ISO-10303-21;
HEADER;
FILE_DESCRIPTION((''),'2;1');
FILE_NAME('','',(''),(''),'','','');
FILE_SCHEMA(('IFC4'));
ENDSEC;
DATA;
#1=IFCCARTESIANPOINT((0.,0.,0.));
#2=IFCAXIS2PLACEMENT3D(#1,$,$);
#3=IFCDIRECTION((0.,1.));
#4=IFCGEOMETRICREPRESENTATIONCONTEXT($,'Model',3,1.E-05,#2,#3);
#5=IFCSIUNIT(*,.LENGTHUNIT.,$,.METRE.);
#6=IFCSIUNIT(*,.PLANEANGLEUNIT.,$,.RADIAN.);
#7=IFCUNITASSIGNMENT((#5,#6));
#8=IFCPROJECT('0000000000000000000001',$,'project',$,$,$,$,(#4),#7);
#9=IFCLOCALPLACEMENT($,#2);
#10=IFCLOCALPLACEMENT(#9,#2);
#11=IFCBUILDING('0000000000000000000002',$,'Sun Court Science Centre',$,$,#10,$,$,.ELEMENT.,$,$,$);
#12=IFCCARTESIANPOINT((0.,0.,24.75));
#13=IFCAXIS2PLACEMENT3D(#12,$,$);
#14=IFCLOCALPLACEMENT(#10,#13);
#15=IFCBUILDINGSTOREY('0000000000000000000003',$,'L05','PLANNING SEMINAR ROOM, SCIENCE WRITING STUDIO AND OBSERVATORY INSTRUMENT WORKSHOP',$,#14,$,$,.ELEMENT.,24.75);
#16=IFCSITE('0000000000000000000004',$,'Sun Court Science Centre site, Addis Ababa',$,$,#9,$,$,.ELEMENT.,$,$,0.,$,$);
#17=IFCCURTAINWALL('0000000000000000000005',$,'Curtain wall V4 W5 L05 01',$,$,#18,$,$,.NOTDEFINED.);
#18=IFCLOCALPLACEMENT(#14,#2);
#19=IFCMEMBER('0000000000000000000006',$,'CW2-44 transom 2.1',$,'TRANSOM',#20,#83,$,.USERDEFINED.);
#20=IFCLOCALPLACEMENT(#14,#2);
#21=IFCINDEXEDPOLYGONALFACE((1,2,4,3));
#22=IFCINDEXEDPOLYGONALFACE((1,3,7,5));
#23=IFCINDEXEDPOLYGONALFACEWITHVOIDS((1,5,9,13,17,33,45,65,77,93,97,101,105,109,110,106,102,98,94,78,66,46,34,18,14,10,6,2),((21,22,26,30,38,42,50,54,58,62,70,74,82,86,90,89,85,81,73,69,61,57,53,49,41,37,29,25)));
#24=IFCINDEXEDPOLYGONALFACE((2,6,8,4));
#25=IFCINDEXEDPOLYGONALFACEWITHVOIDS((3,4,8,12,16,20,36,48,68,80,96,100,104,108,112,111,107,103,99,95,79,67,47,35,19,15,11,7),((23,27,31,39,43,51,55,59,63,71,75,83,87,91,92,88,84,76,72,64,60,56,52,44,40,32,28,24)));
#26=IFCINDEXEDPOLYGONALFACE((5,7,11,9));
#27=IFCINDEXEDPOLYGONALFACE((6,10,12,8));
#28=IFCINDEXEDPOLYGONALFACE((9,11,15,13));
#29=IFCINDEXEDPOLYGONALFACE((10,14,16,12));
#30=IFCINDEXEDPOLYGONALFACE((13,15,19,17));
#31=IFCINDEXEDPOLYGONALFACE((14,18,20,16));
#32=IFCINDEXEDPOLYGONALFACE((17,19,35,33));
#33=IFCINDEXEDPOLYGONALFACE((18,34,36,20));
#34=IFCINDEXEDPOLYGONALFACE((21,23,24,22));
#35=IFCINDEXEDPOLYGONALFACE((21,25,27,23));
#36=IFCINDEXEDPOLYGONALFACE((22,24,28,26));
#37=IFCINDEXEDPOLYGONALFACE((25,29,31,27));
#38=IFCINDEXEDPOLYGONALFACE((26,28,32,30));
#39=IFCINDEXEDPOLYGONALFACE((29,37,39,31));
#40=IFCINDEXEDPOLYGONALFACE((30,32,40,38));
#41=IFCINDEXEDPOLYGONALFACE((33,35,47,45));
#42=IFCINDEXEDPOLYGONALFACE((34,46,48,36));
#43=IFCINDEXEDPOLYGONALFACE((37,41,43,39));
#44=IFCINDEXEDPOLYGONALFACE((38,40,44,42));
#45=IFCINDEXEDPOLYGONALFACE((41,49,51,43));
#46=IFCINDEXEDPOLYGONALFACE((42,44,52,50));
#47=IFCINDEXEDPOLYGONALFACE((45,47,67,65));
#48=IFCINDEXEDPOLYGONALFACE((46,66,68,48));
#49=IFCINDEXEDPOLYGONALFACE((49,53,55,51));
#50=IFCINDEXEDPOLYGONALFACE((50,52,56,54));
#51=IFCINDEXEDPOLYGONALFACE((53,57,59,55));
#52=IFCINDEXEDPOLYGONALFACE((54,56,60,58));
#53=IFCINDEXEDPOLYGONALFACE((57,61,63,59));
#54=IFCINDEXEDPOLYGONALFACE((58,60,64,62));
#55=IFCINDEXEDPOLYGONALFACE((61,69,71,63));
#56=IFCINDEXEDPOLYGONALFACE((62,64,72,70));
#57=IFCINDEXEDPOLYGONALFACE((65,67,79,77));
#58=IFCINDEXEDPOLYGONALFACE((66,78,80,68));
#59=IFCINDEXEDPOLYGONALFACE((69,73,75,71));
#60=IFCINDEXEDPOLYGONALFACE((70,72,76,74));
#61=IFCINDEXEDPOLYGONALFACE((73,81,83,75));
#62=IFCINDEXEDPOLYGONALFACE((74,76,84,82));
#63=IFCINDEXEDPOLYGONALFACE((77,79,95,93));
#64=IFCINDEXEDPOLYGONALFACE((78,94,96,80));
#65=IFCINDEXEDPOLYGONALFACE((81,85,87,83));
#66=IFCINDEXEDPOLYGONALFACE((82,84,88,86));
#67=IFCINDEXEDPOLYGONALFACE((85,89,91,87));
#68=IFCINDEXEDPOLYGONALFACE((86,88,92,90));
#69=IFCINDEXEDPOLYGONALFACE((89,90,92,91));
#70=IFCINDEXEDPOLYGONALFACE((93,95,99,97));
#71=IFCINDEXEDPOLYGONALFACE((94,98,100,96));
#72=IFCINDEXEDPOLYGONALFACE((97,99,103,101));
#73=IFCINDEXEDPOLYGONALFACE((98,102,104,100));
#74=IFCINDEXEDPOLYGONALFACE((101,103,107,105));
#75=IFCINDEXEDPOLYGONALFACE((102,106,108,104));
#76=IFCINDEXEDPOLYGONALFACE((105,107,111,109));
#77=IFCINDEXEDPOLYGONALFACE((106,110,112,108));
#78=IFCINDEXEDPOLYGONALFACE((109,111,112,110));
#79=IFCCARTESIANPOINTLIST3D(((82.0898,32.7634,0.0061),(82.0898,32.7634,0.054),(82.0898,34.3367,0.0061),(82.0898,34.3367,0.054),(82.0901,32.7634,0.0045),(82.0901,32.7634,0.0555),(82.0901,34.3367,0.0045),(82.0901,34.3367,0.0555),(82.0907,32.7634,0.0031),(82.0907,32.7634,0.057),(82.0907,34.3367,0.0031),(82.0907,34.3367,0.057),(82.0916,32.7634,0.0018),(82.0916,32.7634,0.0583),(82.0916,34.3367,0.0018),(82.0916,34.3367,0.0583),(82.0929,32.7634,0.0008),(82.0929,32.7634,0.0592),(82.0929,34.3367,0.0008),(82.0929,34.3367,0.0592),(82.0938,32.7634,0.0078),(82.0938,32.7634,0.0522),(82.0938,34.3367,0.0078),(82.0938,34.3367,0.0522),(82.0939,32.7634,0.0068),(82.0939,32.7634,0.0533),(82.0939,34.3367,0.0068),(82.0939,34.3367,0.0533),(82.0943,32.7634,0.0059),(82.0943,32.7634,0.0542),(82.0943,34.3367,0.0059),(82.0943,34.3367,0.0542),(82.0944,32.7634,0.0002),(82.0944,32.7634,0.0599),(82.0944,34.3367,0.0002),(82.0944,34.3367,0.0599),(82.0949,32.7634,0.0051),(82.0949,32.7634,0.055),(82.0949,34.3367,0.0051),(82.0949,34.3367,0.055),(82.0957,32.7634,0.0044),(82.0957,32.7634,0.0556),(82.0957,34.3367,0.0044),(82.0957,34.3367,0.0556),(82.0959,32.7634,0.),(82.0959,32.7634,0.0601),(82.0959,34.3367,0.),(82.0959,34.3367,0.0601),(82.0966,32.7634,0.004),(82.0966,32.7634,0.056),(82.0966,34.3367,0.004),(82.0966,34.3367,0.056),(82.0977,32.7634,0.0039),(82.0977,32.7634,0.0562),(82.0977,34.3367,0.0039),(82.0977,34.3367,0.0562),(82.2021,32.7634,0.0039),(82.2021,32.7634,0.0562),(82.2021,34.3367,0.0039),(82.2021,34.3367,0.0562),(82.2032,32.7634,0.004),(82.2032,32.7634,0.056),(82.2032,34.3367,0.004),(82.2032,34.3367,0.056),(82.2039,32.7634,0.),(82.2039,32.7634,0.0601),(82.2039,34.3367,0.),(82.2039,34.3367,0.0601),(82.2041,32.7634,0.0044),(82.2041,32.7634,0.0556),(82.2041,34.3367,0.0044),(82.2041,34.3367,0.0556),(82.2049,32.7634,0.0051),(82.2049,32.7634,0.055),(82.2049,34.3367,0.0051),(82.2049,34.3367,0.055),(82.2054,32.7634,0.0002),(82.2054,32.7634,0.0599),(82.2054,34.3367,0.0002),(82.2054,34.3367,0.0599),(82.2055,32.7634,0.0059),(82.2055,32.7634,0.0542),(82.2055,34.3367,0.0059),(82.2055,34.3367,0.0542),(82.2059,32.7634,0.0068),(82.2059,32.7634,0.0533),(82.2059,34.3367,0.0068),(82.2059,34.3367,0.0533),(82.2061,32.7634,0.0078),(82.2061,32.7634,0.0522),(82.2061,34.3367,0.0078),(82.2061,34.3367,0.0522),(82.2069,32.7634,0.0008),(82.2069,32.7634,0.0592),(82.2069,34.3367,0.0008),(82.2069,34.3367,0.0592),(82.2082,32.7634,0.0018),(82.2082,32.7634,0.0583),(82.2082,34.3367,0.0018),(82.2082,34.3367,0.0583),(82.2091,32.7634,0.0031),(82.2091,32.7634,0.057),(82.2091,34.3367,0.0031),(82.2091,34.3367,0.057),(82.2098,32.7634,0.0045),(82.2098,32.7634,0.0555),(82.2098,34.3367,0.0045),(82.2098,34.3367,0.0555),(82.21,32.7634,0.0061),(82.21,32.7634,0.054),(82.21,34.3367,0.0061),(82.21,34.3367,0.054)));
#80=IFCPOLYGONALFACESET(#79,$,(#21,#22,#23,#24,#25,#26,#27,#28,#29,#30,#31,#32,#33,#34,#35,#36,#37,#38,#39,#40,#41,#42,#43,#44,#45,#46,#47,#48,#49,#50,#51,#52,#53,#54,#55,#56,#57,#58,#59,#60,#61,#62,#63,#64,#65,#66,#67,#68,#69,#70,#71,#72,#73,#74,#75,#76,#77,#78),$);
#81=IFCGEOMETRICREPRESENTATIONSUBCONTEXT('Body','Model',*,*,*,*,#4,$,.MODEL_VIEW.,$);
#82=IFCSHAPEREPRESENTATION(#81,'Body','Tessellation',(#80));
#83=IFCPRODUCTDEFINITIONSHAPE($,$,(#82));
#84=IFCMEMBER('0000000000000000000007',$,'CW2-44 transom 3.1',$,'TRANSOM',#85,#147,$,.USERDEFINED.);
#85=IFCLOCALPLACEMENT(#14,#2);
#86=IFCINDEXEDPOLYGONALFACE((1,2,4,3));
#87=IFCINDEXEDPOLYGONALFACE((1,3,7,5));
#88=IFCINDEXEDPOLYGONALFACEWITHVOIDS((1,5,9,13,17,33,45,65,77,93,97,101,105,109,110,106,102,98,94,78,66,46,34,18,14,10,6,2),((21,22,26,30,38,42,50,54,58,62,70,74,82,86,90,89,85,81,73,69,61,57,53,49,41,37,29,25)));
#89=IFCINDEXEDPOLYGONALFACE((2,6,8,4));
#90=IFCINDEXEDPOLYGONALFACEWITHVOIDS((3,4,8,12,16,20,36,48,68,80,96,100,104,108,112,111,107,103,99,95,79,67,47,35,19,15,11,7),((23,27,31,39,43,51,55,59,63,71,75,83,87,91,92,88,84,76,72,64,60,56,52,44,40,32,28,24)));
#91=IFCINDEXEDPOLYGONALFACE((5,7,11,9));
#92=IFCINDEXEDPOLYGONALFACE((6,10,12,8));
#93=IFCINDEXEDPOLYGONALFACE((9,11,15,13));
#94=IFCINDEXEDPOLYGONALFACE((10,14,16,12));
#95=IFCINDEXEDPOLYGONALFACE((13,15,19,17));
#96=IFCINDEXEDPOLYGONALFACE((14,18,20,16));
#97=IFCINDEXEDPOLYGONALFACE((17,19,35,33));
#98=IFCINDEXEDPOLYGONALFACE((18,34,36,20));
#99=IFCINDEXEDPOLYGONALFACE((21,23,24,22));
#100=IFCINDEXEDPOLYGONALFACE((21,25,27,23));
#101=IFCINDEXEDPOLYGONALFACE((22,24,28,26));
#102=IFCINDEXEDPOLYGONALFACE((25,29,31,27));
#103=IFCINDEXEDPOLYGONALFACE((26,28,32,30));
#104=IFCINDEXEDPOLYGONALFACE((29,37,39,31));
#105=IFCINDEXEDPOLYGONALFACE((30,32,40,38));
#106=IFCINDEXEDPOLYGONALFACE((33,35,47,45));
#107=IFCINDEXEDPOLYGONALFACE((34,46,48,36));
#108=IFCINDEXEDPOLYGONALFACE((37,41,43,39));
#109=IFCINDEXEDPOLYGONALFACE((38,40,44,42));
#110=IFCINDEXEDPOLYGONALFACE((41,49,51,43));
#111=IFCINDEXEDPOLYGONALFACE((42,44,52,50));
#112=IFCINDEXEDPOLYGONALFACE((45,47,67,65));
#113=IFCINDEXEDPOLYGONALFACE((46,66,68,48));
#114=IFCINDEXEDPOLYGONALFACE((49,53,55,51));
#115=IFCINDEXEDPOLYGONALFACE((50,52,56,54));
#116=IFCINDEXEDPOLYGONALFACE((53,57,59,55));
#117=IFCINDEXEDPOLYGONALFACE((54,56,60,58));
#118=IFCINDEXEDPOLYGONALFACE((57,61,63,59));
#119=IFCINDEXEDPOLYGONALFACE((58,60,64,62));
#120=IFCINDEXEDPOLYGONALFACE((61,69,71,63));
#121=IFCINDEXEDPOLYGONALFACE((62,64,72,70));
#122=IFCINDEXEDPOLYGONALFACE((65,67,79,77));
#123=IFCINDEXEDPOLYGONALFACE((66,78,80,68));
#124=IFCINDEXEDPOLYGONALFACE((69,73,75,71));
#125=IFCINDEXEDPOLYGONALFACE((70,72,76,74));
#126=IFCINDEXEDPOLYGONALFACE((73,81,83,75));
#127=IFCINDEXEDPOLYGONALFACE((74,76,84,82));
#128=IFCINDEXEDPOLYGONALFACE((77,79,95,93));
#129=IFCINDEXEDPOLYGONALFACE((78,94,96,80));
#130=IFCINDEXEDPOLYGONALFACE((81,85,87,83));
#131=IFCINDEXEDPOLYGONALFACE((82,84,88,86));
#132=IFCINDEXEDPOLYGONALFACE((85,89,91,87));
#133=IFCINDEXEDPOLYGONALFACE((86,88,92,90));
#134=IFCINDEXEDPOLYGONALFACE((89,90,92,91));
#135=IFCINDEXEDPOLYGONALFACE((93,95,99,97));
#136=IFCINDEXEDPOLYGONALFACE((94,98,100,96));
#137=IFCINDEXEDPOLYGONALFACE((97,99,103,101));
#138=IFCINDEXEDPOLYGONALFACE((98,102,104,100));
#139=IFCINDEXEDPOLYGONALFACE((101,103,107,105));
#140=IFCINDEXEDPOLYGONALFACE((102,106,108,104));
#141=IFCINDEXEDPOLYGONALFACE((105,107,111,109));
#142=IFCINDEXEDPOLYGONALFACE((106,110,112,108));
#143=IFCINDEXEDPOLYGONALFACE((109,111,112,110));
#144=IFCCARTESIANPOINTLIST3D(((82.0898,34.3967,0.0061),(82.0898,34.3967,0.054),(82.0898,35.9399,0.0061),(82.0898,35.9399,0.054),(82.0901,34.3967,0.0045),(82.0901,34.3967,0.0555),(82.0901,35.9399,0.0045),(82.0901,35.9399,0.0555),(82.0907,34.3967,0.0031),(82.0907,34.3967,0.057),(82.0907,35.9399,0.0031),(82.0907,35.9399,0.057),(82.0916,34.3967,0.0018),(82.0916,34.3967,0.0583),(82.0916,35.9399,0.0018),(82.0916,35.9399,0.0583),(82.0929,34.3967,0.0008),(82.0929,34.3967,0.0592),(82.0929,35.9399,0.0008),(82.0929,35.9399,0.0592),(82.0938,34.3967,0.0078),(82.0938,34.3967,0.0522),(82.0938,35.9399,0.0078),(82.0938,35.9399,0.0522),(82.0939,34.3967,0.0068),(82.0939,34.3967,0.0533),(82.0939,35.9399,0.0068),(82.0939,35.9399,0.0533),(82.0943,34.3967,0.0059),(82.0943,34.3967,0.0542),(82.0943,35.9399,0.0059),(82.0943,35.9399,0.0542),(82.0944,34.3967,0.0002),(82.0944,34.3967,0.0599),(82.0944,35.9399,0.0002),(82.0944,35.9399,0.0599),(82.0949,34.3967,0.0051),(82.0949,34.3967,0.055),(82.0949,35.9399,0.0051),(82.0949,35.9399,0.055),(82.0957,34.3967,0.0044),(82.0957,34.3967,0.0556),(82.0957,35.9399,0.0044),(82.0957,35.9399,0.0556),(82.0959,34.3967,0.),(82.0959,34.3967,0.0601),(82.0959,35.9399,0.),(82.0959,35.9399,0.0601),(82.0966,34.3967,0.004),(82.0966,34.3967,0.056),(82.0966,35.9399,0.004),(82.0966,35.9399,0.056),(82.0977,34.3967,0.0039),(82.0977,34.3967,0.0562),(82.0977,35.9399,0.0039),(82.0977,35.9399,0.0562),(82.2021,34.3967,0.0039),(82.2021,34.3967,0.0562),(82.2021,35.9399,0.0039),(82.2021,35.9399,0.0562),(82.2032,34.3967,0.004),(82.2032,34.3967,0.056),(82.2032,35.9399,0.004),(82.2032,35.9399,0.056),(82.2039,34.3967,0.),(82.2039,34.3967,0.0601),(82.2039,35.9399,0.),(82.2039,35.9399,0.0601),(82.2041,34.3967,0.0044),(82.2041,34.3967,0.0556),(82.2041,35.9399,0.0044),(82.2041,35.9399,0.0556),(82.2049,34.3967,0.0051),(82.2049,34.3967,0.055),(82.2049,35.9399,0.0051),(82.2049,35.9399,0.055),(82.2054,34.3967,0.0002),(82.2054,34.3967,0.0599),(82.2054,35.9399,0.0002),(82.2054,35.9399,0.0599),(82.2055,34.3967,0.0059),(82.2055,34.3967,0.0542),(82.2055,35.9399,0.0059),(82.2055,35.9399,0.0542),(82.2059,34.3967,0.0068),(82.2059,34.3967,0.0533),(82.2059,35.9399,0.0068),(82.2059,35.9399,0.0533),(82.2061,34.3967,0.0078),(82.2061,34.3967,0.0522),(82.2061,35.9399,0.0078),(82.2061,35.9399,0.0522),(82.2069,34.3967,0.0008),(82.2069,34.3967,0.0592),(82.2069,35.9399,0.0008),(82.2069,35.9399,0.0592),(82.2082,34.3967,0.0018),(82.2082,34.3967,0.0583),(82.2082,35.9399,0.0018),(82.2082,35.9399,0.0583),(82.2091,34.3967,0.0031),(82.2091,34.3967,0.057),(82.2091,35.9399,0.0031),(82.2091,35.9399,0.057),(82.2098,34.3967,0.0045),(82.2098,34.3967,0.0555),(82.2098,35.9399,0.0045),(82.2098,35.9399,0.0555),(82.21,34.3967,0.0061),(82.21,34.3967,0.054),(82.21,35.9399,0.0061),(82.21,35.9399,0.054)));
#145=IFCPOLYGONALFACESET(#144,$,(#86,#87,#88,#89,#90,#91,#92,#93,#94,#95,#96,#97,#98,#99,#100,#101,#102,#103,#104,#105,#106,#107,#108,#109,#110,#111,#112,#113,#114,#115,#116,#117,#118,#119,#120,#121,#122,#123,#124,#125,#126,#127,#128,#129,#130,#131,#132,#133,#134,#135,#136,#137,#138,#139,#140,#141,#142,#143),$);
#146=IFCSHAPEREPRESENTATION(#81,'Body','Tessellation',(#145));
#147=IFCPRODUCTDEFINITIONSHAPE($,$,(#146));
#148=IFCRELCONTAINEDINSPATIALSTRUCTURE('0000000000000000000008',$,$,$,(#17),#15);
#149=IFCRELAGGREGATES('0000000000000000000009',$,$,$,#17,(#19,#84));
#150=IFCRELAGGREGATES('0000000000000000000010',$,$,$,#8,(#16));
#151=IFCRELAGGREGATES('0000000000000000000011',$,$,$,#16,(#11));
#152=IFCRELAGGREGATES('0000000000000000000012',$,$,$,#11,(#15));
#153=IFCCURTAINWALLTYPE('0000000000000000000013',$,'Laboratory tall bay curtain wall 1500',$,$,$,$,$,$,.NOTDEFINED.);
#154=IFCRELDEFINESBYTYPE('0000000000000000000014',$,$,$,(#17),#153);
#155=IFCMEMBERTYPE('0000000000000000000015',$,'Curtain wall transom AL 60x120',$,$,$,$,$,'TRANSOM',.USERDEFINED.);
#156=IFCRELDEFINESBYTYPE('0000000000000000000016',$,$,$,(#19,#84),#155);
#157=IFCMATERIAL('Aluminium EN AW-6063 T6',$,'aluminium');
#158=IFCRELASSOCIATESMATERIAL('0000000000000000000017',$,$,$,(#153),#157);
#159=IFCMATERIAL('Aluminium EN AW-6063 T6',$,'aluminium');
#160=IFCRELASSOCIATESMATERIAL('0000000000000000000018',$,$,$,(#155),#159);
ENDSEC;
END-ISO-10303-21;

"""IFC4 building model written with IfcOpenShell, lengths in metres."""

from ifc_helpers import new_model, si_unit, direction, frame, origin, origin_2d, place, context, subcontext, project, spatial, hollow_rectangle, extrude, material, material_profile, profile_set, type_object, element, aggregate, save


model = new_model("IFC4")

# Units and contexts
model_context = context("Model", 3, precision=1e-05, world=origin(), true_north=direction((0.0, 1.0)))
body_context = subcontext(model_context, "Body", "Model", "MODEL_VIEW")
ifc_project = project(units=[si_unit("LENGTHUNIT", "METRE"), si_unit("PLANEANGLEUNIT", "RADIAN")], contexts=[model_context])

# Site, building, storey
site_placement = place(None, origin())
site = spatial("IfcSite", under=ifc_project, at=site_placement, Name="Sun Court Science Centre site, Addis Ababa", CompositionType="ELEMENT", RefElevation=0.0)
building_placement = place(site_placement, origin())
building = spatial("IfcBuilding", under=site, at=building_placement, Name="Sun Court Science Centre", CompositionType="ELEMENT")
storey_placement = place(building_placement, frame((0.0, 0.0, 24.75)))
storey = spatial("IfcBuildingStorey", under=building, at=storey_placement, Name="L05", Description="PLANNING SEMINAR ROOM, SCIENCE WRITING STUDIO AND OBSERVATORY INSTRUMENT WORKSHOP", CompositionType="ELEMENT", Elevation=24.75)

# Curtain wall
ifc_material_1 = material(Name="Aluminium EN AW-6063 T6", Category="aluminium")
curtain_wall_type = type_object("IfcCurtainWallType", Name="Laboratory tall bay curtain wall 1500", PredefinedType="NOTDEFINED", material=ifc_material_1)
curtain_wall_1_placement = place(storey_placement, origin())
curtain_wall_1 = element("IfcCurtainWall", 1, at=curtain_wall_1_placement, inside=storey, type_object=curtain_wall_type, Name="Curtain wall V4 W5 L05 01", PredefinedType="NOTDEFINED")

# Members
ifc_material_2 = material(Name="Aluminium EN AW-6063 T6", Category="aluminium")
ifc_material_profile_1 = material_profile(ifc_material_2, hollow_rectangle(XDim=0.0601, YDim=0.1201, WallThickness=0.0039, InnerFilletRadius=0.0039, OuterFilletRadius=0.0061, at=origin_2d()), Name="AL 60x120x4")
ifc_profile_set_1 = profile_set([ifc_material_profile_1], Name="Aluminium EN AW-6063 T6")
member_type_1 = type_object("IfcMemberType", Name="Curtain wall transom AL 60x120", ElementType="TRANSOM", PredefinedType="USERDEFINED", material=ifc_profile_set_1)
member_1_placement = place(storey_placement, frame((82.1499, 32.7634, 0.03), z_axis=(0.0, 1.0, 0.0), x_axis=(0.0, 0.0, 1.0)))
member_1 = element("IfcMember", 2, at=member_1_placement, type_object=member_type_1, Name="CW2-44 transom 2.1", ObjectType="TRANSOM", PredefinedType="USERDEFINED", context=body_context, shape_type="SweptSolid", body=[
    extrude(hollow_rectangle(XDim=0.0601, YDim=0.1201, WallThickness=0.0039, InnerFilletRadius=0.0039, OuterFilletRadius=0.0061, at=origin_2d()), origin(), (0.0, 0.0, 1.0), 1.5732),
])
member_2_placement = place(storey_placement, frame((82.1499, 34.3967, 0.03), z_axis=(0.0, 1.0, 0.0), x_axis=(0.0, 0.0, 1.0)))
member_2 = element("IfcMember", 3, at=member_2_placement, type_object=member_type_1, Name="CW2-44 transom 3.1", ObjectType="TRANSOM", PredefinedType="USERDEFINED", context=body_context, shape_type="SweptSolid", body=[
    extrude(hollow_rectangle(XDim=0.0601, YDim=0.1201, WallThickness=0.0039, InnerFilletRadius=0.0039, OuterFilletRadius=0.0061, at=origin_2d()), origin(), (0.0, 0.0, 1.0), 1.5432),
])

aggregate(curtain_wall_1, [member_1, member_2])

save(model, "model.ifc")
